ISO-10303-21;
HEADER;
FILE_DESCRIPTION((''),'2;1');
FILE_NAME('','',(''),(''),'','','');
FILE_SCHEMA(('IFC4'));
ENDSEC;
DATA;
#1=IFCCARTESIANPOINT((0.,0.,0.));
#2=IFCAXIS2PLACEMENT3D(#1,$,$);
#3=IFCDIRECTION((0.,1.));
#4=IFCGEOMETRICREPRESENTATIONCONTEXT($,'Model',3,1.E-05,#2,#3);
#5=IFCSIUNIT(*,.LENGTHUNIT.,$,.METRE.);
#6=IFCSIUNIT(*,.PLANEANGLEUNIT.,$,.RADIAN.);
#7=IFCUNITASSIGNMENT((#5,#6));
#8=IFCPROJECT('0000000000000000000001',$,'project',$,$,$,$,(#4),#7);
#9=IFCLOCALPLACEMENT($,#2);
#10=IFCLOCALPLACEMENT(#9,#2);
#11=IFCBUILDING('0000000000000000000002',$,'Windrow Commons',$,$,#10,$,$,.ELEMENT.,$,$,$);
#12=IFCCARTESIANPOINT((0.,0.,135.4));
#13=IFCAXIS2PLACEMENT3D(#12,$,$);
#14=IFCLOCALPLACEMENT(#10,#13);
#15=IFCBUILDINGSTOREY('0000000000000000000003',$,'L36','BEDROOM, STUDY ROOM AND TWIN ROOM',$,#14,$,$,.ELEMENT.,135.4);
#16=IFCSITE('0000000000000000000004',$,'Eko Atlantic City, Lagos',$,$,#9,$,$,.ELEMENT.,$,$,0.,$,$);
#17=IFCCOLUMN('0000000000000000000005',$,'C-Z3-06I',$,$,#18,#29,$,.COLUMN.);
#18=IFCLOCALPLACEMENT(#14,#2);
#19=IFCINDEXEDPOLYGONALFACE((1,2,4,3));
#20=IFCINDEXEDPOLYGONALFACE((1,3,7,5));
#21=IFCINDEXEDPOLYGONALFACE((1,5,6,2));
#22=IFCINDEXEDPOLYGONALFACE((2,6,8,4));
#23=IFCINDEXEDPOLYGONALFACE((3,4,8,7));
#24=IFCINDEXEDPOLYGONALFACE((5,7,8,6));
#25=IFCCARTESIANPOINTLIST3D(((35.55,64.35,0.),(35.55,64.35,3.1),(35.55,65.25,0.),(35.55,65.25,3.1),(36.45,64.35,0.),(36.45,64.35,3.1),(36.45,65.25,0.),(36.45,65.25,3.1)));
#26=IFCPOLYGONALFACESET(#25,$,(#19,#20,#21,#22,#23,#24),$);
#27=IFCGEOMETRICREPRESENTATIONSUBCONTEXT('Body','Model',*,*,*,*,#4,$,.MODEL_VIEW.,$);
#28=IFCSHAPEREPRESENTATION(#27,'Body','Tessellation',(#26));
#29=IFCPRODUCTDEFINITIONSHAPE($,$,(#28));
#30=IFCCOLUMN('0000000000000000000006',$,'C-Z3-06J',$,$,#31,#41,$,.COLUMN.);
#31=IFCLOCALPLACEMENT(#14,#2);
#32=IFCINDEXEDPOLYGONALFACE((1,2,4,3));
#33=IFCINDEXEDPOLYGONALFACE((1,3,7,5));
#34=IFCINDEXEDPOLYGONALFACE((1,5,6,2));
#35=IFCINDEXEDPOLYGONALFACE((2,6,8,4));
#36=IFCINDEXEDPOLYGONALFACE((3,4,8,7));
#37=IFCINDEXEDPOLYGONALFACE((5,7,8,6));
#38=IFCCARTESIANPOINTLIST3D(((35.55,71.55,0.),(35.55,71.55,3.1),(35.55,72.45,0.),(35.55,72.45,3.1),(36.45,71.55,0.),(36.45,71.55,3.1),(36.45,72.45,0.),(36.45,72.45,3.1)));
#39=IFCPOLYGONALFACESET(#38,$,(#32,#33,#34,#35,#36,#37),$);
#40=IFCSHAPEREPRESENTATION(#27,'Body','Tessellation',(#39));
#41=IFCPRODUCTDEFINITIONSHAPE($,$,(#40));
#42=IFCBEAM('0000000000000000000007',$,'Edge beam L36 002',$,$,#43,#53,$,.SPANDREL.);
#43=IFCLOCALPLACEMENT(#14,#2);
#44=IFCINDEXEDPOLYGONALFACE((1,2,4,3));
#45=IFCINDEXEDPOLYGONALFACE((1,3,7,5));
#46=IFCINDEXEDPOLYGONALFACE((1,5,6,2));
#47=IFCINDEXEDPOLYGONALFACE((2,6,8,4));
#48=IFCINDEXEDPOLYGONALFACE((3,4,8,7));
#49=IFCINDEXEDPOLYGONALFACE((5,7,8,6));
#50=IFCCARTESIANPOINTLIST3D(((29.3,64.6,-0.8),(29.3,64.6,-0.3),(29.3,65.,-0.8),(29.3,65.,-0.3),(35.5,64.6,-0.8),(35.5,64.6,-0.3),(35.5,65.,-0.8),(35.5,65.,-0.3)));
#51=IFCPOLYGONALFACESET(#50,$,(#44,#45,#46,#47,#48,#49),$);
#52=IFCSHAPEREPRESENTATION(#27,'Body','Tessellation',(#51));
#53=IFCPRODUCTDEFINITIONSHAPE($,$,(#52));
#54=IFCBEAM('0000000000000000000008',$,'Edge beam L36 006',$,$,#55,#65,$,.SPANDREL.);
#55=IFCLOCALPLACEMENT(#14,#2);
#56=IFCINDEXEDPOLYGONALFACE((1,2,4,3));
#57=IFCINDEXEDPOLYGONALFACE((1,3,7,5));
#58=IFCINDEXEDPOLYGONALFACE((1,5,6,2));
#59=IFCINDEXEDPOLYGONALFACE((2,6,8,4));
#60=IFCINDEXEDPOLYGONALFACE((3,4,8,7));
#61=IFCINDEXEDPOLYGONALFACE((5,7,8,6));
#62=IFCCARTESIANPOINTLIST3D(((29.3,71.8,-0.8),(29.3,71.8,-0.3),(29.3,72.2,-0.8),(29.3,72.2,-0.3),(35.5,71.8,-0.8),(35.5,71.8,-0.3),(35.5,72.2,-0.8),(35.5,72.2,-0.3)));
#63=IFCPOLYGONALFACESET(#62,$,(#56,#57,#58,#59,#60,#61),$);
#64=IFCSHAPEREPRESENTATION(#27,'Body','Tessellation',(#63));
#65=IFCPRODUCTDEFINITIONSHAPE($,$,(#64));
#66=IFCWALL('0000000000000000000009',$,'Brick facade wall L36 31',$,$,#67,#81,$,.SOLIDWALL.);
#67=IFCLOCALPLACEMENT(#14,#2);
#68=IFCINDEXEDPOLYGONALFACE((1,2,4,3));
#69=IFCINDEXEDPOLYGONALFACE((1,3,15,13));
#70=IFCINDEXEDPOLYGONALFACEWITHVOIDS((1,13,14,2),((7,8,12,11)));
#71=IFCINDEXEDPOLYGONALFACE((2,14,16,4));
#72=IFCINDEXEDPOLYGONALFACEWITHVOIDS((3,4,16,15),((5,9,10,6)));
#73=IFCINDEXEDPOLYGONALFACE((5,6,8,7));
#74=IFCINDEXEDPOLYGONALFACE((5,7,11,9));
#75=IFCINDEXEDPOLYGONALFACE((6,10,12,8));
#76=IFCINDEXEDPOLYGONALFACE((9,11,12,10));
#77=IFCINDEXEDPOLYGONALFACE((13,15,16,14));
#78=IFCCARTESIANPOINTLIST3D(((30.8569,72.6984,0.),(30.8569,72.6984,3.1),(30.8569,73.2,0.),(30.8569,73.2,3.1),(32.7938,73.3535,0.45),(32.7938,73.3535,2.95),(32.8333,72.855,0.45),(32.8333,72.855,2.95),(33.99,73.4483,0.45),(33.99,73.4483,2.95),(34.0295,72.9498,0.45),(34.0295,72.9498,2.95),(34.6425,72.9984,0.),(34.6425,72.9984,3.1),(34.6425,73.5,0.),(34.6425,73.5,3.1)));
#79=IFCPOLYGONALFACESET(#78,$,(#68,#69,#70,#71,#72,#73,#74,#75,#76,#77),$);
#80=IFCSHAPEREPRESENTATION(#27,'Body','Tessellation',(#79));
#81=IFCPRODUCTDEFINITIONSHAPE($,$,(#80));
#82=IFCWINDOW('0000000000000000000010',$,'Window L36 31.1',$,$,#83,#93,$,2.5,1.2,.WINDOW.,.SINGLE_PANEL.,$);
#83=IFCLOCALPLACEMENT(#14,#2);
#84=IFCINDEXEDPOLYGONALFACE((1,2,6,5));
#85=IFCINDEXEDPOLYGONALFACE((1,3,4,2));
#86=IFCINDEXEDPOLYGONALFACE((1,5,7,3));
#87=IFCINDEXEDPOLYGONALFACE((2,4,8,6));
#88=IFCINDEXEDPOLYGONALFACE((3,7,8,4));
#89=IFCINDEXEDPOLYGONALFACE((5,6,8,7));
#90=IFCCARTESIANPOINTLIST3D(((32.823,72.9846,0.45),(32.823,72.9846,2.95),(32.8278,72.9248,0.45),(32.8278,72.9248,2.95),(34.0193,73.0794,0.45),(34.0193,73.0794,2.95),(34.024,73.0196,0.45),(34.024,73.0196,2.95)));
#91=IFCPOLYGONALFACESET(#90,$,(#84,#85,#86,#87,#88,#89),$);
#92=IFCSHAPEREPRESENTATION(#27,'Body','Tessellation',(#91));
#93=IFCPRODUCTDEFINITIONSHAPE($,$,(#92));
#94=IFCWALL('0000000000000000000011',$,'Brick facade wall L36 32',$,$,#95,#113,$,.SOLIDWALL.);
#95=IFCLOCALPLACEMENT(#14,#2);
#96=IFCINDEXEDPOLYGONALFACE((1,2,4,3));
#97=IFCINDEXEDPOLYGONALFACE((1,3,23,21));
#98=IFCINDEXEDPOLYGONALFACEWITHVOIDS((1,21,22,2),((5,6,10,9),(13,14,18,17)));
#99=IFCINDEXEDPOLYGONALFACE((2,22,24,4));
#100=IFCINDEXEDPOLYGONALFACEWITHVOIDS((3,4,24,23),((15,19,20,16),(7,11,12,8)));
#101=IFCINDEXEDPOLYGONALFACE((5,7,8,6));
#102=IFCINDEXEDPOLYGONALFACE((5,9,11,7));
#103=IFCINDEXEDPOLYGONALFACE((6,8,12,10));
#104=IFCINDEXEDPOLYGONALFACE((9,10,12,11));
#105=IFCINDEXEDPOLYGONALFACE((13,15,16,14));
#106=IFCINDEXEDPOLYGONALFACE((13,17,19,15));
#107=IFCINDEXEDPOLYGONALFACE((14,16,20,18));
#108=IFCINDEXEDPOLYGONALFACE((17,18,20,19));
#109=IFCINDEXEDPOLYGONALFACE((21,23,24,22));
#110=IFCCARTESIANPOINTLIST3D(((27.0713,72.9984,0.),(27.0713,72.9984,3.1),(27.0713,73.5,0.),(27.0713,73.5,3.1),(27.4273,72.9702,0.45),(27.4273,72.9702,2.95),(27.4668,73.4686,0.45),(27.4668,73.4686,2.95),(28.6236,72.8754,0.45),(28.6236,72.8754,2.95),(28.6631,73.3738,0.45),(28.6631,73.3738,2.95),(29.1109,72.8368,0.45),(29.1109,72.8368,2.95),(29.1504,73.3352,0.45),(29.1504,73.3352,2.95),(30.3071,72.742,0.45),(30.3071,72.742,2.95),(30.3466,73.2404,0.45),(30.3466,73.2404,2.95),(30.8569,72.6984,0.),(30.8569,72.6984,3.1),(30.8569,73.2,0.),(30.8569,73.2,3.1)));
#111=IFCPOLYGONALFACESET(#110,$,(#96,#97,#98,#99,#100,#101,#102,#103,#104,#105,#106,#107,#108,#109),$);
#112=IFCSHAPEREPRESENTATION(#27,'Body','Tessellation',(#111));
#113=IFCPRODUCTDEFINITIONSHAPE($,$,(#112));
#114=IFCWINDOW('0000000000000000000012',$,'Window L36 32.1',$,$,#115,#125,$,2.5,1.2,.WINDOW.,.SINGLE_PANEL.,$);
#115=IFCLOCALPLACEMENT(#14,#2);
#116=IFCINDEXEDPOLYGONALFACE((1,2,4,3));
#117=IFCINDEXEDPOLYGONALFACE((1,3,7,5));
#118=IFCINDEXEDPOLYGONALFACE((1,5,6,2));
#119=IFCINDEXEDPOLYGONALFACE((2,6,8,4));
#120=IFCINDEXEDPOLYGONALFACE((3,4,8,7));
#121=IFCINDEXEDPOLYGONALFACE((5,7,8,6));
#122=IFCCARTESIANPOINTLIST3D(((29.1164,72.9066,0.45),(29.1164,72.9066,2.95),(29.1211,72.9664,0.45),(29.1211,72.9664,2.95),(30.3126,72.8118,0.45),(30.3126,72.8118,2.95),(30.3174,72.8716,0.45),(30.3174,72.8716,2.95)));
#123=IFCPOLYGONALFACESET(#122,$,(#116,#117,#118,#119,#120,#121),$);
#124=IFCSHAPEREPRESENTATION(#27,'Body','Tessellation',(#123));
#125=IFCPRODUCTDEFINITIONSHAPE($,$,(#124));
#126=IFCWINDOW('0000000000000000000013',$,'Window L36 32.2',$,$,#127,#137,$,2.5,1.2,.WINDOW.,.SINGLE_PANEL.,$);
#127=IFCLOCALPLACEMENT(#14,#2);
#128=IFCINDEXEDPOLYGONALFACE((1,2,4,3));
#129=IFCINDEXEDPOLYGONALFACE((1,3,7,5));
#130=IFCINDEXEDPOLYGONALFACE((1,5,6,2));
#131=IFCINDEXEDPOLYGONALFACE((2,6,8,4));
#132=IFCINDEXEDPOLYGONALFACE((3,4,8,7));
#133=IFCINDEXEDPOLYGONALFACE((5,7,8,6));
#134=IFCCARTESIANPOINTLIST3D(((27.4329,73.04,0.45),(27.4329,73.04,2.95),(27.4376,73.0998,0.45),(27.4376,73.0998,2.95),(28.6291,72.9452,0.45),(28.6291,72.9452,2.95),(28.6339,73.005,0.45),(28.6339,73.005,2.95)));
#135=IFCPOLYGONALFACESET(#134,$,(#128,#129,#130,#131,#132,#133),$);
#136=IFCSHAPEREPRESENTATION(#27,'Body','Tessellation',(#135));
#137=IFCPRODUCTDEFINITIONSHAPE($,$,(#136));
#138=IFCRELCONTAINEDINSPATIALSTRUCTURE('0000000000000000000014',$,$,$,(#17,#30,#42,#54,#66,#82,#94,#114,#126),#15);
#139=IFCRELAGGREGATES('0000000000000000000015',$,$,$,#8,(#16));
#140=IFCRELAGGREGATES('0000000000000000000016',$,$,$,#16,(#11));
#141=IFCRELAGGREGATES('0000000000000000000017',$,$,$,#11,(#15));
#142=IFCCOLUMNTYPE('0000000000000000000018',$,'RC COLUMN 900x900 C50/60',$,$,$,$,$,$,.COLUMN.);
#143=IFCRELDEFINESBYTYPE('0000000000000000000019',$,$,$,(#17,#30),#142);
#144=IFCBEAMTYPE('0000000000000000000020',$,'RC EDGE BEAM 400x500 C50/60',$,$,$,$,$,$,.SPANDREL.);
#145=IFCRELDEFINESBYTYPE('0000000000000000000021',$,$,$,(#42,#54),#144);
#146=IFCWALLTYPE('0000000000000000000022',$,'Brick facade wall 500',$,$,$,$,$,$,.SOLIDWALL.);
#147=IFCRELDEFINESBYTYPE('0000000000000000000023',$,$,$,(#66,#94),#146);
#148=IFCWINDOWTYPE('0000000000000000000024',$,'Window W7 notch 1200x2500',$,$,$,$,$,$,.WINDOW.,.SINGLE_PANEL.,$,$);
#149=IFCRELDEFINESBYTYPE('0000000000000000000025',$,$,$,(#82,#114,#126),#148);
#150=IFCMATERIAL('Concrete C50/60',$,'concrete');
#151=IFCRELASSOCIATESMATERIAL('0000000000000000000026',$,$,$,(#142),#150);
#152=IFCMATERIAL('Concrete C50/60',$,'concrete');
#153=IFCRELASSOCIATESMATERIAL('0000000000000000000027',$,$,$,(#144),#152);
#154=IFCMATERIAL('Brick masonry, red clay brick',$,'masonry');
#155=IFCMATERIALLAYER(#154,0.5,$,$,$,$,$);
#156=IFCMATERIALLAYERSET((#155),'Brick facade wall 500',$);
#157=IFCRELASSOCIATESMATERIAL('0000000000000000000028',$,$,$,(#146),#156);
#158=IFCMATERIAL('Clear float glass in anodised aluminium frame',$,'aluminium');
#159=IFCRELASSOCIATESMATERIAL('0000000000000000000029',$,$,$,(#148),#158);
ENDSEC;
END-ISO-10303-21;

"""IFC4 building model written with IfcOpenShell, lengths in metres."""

from ifc_helpers import new_model, si_unit, direction, frame, frame_2d, origin, origin_2d, place, context, subcontext, project, spatial, polyline, rectangle, outline, extrude, material, layer, layer_set, material_profile, profile_set, type_object, element, fill, save


model = new_model("IFC4")

# Units and contexts
model_context = context("Model", 3, precision=1e-05, world=origin(), true_north=direction((0.0, 1.0)))
body_context = subcontext(model_context, "Body", "Model", "MODEL_VIEW")
ifc_project = project(units=[si_unit("LENGTHUNIT", "METRE"), si_unit("PLANEANGLEUNIT", "RADIAN")], contexts=[model_context])

# Site, building, storey
site_placement = place(None, origin())
site = spatial("IfcSite", under=ifc_project, at=site_placement, Name="Eko Atlantic City, Lagos", CompositionType="ELEMENT", RefElevation=0.0)
building_placement = place(site_placement, origin())
building = spatial("IfcBuilding", under=site, at=building_placement, Name="Windrow Commons", CompositionType="ELEMENT")
storey_placement = place(building_placement, frame((0.0, 0.0, 135.4)))
storey = spatial("IfcBuildingStorey", under=building, at=storey_placement, Name="L36", Description="BEDROOM, STUDY ROOM AND TWIN ROOM", CompositionType="ELEMENT", Elevation=135.4)

# Columns
ifc_material_1 = material(Name="Concrete C50/60", Category="concrete")
ifc_material_profile_1 = material_profile(ifc_material_1, rectangle(XDim=0.9, YDim=0.9, at=origin_2d()))
ifc_profile_set_1 = profile_set([ifc_material_profile_1], Name="Concrete C50/60")
column_type = type_object("IfcColumnType", Name="RC COLUMN 900x900 C50/60", PredefinedType="COLUMN", material=ifc_profile_set_1)
for number, where, z_axis, x_axis, name in (
    (1, (36.0, 64.8, 0.0), (0.0, 0.0, 1.0), (1.0, 0.0, 0.0), "C-Z3-06I"),
    (2, (36.0, 72.0, 0.0), (0.0, 0.0, 1.0), (1.0, 0.0, 0.0), "C-Z3-06J"),
):
    element("IfcColumn", number, at=place(storey_placement, frame(where, z_axis=z_axis, x_axis=x_axis)), inside=storey, type_object=column_type, Name=name, PredefinedType="COLUMN", context=body_context, shape_type="SweptSolid", body=[
        extrude(rectangle(XDim=0.9, YDim=0.9, at=origin_2d()), origin(), (0.0, 0.0, 1.0), 3.1),
    ])

# Beams
ifc_material_2 = material(Name="Concrete C50/60", Category="concrete")
ifc_material_profile_2 = material_profile(ifc_material_2, rectangle(XDim=0.4, YDim=0.5, at=origin_2d()))
ifc_profile_set_2 = profile_set([ifc_material_profile_2], Name="Concrete C50/60")
beam_type = type_object("IfcBeamType", Name="RC EDGE BEAM 400x500 C50/60", PredefinedType="SPANDREL", material=ifc_profile_set_2)
for number, where, z_axis, x_axis, name in (
    (3, (35.5, 64.8, -0.55), (-1.0, 0.0, 0.0), (0.0, -1.0, 0.0), "Edge beam L36 002"),
    (4, (29.3, 72.0, -0.55), (1.0, 0.0, 0.0), (0.0, 1.0, 0.0), "Edge beam L36 006"),
):
    element("IfcBeam", number, at=place(storey_placement, frame(where, z_axis=z_axis, x_axis=x_axis)), inside=storey, type_object=beam_type, Name=name, PredefinedType="SPANDREL", context=body_context, shape_type="SweptSolid", body=[
        extrude(rectangle(XDim=0.4, YDim=0.5, at=origin_2d()), origin(), (0.0, 0.0, 1.0), 6.2),
    ])

# Wall, opening, window
ifc_material_3 = material(Name="Brick masonry, red clay brick", Category="masonry")
ifc_layer_1 = layer(ifc_material_3, 0.5)
ifc_layer_set_1 = layer_set([ifc_layer_1], Name="Brick facade wall 500")
wall_type_1 = type_object("IfcWallType", Name="Brick facade wall 500", PredefinedType="SOLIDWALL", material=ifc_layer_set_1)
wall_1_placement = place(storey_placement, frame((34.6425, 73.2492, 0.0), z_axis=(0.0, 0.0, 1.0), x_axis=(-0.996875, -0.079, 0.0)))
wall_1 = element("IfcWall", 5, at=wall_1_placement, inside=storey, type_object=wall_type_1, Name="Brick facade wall L36 31", PredefinedType="SOLIDWALL", context=body_context, shape_type="SweptSolid", body=[
    extrude(outline(polyline([(-0.0198, -0.25), (3.7777, -0.25), (3.8173, 0.25), (0.0198, 0.25), (-0.0198, -0.25)])), origin(), (0.0, 0.0, 1.0), 3.1),
])
opening_1_placement = place(wall_1_placement, frame((0.6347, 0.0, 0.45)))
opening_1 = element("IfcOpeningElement", 6, at=opening_1_placement, cuts=wall_1, PredefinedType="OPENING", context=body_context, shape_type="SweptSolid", body=[
    extrude(rectangle(XDim=1.2, YDim=2.5, at=frame_2d((0.6, 1.25))), frame((0.0, 0.26, 0.0), z_axis=(0.0, -1.0, 0.0), x_axis=(1.0, 0.0, 0.0)), (0.0, 0.0, 1.0), 0.52),
])
ifc_material_4 = material(Name="Clear float glass in anodised aluminium frame", Category="aluminium")
window_type_1 = type_object("IfcWindowType", Name="Window W7 notch 1200x2500", PartitioningType="SINGLE_PANEL", PredefinedType="WINDOW", material=ifc_material_4)
window_1_placement = place(opening_1_placement, origin())
window_1 = element("IfcWindow", 7, at=window_1_placement, inside=storey, type_object=window_type_1, Name="Window L36 31.1", OverallHeight=2.5, OverallWidth=1.2, PartitioningType="SINGLE_PANEL", PredefinedType="WINDOW", context=body_context, shape_type="SweptSolid", body=[
    extrude(rectangle(XDim=1.2, YDim=2.5, at=frame_2d((0.6, 1.25))), frame((0.0, 0.18, 0.0), z_axis=(0.0, -1.0, 0.0), x_axis=(1.0, 0.0, 0.0)), (0.0, 0.0, 1.0), 0.06),
])
fill(opening_1, window_1)

# Wall, openings, windows
wall_2_placement = place(storey_placement, frame((30.8569, 72.9492, 0.0), z_axis=(0.0, 0.0, 1.0), x_axis=(-0.996875, 0.078998, 0.0)))
wall_2 = element("IfcWall", 8, at=wall_2_placement, inside=storey, type_object=wall_type_1, Name="Brick facade wall L36 32", PredefinedType="SOLIDWALL", context=body_context, shape_type="SweptSolid", body=[
    extrude(outline(polyline([(0.0198, -0.25), (3.8173, -0.25), (3.7777, 0.25), (-0.0198, 0.25), (0.0198, -0.25)])), origin(), (0.0, 0.0, 1.0), 3.1),
])
opening_2_placement = place(wall_2_placement, frame((0.5317, 0.0, 0.45)))
opening_2 = element("IfcOpeningElement", 9, at=opening_2_placement, cuts=wall_2, PredefinedType="OPENING", context=body_context, shape_type="SweptSolid", body=[
    extrude(rectangle(XDim=1.2, YDim=2.5, at=frame_2d((0.6, 1.25))), frame((0.0, 0.26, 0.0), z_axis=(0.0, -1.0, 0.0), x_axis=(1.0, 0.0, 0.0)), (0.0, 0.0, 1.0), 0.52),
])
opening_3_placement = place(wall_2_placement, frame((2.2205, 0.0, 0.45)))
opening_3 = element("IfcOpeningElement", 10, at=opening_3_placement, cuts=wall_2, PredefinedType="OPENING", context=body_context, shape_type="SweptSolid", body=[
    extrude(rectangle(XDim=1.2, YDim=2.5, at=frame_2d((0.6, 1.25))), frame((0.0, 0.26, 0.0), z_axis=(0.0, -1.0, 0.0), x_axis=(1.0, 0.0, 0.0)), (0.0, 0.0, 1.0), 0.52),
])
window_2_placement = place(opening_2_placement, origin())
window_2 = element("IfcWindow", 11, at=window_2_placement, inside=storey, type_object=window_type_1, Name="Window L36 32.1", OverallHeight=2.5, OverallWidth=1.2, PartitioningType="SINGLE_PANEL", PredefinedType="WINDOW", context=body_context, shape_type="SweptSolid", body=[
    extrude(rectangle(XDim=1.2, YDim=2.5, at=frame_2d((0.6, 1.25))), frame((0.0, 0.18, 0.0), z_axis=(0.0, -1.0, 0.0), x_axis=(1.0, 0.0, 0.0)), (0.0, 0.0, 1.0), 0.06),
])
fill(opening_2, window_2)
window_3_placement = place(opening_3_placement, origin())
window_3 = element("IfcWindow", 12, at=window_3_placement, inside=storey, type_object=window_type_1, Name="Window L36 32.2", OverallHeight=2.5, OverallWidth=1.2, PartitioningType="SINGLE_PANEL", PredefinedType="WINDOW", context=body_context, shape_type="SweptSolid", body=[
    extrude(rectangle(XDim=1.2, YDim=2.5, at=frame_2d((0.6, 1.25))), frame((0.0, 0.18, 0.0), z_axis=(0.0, -1.0, 0.0), x_axis=(1.0, 0.0, 0.0)), (0.0, 0.0, 1.0), 0.06),
])
fill(opening_3, window_3)

save(model, "model.ifc")
